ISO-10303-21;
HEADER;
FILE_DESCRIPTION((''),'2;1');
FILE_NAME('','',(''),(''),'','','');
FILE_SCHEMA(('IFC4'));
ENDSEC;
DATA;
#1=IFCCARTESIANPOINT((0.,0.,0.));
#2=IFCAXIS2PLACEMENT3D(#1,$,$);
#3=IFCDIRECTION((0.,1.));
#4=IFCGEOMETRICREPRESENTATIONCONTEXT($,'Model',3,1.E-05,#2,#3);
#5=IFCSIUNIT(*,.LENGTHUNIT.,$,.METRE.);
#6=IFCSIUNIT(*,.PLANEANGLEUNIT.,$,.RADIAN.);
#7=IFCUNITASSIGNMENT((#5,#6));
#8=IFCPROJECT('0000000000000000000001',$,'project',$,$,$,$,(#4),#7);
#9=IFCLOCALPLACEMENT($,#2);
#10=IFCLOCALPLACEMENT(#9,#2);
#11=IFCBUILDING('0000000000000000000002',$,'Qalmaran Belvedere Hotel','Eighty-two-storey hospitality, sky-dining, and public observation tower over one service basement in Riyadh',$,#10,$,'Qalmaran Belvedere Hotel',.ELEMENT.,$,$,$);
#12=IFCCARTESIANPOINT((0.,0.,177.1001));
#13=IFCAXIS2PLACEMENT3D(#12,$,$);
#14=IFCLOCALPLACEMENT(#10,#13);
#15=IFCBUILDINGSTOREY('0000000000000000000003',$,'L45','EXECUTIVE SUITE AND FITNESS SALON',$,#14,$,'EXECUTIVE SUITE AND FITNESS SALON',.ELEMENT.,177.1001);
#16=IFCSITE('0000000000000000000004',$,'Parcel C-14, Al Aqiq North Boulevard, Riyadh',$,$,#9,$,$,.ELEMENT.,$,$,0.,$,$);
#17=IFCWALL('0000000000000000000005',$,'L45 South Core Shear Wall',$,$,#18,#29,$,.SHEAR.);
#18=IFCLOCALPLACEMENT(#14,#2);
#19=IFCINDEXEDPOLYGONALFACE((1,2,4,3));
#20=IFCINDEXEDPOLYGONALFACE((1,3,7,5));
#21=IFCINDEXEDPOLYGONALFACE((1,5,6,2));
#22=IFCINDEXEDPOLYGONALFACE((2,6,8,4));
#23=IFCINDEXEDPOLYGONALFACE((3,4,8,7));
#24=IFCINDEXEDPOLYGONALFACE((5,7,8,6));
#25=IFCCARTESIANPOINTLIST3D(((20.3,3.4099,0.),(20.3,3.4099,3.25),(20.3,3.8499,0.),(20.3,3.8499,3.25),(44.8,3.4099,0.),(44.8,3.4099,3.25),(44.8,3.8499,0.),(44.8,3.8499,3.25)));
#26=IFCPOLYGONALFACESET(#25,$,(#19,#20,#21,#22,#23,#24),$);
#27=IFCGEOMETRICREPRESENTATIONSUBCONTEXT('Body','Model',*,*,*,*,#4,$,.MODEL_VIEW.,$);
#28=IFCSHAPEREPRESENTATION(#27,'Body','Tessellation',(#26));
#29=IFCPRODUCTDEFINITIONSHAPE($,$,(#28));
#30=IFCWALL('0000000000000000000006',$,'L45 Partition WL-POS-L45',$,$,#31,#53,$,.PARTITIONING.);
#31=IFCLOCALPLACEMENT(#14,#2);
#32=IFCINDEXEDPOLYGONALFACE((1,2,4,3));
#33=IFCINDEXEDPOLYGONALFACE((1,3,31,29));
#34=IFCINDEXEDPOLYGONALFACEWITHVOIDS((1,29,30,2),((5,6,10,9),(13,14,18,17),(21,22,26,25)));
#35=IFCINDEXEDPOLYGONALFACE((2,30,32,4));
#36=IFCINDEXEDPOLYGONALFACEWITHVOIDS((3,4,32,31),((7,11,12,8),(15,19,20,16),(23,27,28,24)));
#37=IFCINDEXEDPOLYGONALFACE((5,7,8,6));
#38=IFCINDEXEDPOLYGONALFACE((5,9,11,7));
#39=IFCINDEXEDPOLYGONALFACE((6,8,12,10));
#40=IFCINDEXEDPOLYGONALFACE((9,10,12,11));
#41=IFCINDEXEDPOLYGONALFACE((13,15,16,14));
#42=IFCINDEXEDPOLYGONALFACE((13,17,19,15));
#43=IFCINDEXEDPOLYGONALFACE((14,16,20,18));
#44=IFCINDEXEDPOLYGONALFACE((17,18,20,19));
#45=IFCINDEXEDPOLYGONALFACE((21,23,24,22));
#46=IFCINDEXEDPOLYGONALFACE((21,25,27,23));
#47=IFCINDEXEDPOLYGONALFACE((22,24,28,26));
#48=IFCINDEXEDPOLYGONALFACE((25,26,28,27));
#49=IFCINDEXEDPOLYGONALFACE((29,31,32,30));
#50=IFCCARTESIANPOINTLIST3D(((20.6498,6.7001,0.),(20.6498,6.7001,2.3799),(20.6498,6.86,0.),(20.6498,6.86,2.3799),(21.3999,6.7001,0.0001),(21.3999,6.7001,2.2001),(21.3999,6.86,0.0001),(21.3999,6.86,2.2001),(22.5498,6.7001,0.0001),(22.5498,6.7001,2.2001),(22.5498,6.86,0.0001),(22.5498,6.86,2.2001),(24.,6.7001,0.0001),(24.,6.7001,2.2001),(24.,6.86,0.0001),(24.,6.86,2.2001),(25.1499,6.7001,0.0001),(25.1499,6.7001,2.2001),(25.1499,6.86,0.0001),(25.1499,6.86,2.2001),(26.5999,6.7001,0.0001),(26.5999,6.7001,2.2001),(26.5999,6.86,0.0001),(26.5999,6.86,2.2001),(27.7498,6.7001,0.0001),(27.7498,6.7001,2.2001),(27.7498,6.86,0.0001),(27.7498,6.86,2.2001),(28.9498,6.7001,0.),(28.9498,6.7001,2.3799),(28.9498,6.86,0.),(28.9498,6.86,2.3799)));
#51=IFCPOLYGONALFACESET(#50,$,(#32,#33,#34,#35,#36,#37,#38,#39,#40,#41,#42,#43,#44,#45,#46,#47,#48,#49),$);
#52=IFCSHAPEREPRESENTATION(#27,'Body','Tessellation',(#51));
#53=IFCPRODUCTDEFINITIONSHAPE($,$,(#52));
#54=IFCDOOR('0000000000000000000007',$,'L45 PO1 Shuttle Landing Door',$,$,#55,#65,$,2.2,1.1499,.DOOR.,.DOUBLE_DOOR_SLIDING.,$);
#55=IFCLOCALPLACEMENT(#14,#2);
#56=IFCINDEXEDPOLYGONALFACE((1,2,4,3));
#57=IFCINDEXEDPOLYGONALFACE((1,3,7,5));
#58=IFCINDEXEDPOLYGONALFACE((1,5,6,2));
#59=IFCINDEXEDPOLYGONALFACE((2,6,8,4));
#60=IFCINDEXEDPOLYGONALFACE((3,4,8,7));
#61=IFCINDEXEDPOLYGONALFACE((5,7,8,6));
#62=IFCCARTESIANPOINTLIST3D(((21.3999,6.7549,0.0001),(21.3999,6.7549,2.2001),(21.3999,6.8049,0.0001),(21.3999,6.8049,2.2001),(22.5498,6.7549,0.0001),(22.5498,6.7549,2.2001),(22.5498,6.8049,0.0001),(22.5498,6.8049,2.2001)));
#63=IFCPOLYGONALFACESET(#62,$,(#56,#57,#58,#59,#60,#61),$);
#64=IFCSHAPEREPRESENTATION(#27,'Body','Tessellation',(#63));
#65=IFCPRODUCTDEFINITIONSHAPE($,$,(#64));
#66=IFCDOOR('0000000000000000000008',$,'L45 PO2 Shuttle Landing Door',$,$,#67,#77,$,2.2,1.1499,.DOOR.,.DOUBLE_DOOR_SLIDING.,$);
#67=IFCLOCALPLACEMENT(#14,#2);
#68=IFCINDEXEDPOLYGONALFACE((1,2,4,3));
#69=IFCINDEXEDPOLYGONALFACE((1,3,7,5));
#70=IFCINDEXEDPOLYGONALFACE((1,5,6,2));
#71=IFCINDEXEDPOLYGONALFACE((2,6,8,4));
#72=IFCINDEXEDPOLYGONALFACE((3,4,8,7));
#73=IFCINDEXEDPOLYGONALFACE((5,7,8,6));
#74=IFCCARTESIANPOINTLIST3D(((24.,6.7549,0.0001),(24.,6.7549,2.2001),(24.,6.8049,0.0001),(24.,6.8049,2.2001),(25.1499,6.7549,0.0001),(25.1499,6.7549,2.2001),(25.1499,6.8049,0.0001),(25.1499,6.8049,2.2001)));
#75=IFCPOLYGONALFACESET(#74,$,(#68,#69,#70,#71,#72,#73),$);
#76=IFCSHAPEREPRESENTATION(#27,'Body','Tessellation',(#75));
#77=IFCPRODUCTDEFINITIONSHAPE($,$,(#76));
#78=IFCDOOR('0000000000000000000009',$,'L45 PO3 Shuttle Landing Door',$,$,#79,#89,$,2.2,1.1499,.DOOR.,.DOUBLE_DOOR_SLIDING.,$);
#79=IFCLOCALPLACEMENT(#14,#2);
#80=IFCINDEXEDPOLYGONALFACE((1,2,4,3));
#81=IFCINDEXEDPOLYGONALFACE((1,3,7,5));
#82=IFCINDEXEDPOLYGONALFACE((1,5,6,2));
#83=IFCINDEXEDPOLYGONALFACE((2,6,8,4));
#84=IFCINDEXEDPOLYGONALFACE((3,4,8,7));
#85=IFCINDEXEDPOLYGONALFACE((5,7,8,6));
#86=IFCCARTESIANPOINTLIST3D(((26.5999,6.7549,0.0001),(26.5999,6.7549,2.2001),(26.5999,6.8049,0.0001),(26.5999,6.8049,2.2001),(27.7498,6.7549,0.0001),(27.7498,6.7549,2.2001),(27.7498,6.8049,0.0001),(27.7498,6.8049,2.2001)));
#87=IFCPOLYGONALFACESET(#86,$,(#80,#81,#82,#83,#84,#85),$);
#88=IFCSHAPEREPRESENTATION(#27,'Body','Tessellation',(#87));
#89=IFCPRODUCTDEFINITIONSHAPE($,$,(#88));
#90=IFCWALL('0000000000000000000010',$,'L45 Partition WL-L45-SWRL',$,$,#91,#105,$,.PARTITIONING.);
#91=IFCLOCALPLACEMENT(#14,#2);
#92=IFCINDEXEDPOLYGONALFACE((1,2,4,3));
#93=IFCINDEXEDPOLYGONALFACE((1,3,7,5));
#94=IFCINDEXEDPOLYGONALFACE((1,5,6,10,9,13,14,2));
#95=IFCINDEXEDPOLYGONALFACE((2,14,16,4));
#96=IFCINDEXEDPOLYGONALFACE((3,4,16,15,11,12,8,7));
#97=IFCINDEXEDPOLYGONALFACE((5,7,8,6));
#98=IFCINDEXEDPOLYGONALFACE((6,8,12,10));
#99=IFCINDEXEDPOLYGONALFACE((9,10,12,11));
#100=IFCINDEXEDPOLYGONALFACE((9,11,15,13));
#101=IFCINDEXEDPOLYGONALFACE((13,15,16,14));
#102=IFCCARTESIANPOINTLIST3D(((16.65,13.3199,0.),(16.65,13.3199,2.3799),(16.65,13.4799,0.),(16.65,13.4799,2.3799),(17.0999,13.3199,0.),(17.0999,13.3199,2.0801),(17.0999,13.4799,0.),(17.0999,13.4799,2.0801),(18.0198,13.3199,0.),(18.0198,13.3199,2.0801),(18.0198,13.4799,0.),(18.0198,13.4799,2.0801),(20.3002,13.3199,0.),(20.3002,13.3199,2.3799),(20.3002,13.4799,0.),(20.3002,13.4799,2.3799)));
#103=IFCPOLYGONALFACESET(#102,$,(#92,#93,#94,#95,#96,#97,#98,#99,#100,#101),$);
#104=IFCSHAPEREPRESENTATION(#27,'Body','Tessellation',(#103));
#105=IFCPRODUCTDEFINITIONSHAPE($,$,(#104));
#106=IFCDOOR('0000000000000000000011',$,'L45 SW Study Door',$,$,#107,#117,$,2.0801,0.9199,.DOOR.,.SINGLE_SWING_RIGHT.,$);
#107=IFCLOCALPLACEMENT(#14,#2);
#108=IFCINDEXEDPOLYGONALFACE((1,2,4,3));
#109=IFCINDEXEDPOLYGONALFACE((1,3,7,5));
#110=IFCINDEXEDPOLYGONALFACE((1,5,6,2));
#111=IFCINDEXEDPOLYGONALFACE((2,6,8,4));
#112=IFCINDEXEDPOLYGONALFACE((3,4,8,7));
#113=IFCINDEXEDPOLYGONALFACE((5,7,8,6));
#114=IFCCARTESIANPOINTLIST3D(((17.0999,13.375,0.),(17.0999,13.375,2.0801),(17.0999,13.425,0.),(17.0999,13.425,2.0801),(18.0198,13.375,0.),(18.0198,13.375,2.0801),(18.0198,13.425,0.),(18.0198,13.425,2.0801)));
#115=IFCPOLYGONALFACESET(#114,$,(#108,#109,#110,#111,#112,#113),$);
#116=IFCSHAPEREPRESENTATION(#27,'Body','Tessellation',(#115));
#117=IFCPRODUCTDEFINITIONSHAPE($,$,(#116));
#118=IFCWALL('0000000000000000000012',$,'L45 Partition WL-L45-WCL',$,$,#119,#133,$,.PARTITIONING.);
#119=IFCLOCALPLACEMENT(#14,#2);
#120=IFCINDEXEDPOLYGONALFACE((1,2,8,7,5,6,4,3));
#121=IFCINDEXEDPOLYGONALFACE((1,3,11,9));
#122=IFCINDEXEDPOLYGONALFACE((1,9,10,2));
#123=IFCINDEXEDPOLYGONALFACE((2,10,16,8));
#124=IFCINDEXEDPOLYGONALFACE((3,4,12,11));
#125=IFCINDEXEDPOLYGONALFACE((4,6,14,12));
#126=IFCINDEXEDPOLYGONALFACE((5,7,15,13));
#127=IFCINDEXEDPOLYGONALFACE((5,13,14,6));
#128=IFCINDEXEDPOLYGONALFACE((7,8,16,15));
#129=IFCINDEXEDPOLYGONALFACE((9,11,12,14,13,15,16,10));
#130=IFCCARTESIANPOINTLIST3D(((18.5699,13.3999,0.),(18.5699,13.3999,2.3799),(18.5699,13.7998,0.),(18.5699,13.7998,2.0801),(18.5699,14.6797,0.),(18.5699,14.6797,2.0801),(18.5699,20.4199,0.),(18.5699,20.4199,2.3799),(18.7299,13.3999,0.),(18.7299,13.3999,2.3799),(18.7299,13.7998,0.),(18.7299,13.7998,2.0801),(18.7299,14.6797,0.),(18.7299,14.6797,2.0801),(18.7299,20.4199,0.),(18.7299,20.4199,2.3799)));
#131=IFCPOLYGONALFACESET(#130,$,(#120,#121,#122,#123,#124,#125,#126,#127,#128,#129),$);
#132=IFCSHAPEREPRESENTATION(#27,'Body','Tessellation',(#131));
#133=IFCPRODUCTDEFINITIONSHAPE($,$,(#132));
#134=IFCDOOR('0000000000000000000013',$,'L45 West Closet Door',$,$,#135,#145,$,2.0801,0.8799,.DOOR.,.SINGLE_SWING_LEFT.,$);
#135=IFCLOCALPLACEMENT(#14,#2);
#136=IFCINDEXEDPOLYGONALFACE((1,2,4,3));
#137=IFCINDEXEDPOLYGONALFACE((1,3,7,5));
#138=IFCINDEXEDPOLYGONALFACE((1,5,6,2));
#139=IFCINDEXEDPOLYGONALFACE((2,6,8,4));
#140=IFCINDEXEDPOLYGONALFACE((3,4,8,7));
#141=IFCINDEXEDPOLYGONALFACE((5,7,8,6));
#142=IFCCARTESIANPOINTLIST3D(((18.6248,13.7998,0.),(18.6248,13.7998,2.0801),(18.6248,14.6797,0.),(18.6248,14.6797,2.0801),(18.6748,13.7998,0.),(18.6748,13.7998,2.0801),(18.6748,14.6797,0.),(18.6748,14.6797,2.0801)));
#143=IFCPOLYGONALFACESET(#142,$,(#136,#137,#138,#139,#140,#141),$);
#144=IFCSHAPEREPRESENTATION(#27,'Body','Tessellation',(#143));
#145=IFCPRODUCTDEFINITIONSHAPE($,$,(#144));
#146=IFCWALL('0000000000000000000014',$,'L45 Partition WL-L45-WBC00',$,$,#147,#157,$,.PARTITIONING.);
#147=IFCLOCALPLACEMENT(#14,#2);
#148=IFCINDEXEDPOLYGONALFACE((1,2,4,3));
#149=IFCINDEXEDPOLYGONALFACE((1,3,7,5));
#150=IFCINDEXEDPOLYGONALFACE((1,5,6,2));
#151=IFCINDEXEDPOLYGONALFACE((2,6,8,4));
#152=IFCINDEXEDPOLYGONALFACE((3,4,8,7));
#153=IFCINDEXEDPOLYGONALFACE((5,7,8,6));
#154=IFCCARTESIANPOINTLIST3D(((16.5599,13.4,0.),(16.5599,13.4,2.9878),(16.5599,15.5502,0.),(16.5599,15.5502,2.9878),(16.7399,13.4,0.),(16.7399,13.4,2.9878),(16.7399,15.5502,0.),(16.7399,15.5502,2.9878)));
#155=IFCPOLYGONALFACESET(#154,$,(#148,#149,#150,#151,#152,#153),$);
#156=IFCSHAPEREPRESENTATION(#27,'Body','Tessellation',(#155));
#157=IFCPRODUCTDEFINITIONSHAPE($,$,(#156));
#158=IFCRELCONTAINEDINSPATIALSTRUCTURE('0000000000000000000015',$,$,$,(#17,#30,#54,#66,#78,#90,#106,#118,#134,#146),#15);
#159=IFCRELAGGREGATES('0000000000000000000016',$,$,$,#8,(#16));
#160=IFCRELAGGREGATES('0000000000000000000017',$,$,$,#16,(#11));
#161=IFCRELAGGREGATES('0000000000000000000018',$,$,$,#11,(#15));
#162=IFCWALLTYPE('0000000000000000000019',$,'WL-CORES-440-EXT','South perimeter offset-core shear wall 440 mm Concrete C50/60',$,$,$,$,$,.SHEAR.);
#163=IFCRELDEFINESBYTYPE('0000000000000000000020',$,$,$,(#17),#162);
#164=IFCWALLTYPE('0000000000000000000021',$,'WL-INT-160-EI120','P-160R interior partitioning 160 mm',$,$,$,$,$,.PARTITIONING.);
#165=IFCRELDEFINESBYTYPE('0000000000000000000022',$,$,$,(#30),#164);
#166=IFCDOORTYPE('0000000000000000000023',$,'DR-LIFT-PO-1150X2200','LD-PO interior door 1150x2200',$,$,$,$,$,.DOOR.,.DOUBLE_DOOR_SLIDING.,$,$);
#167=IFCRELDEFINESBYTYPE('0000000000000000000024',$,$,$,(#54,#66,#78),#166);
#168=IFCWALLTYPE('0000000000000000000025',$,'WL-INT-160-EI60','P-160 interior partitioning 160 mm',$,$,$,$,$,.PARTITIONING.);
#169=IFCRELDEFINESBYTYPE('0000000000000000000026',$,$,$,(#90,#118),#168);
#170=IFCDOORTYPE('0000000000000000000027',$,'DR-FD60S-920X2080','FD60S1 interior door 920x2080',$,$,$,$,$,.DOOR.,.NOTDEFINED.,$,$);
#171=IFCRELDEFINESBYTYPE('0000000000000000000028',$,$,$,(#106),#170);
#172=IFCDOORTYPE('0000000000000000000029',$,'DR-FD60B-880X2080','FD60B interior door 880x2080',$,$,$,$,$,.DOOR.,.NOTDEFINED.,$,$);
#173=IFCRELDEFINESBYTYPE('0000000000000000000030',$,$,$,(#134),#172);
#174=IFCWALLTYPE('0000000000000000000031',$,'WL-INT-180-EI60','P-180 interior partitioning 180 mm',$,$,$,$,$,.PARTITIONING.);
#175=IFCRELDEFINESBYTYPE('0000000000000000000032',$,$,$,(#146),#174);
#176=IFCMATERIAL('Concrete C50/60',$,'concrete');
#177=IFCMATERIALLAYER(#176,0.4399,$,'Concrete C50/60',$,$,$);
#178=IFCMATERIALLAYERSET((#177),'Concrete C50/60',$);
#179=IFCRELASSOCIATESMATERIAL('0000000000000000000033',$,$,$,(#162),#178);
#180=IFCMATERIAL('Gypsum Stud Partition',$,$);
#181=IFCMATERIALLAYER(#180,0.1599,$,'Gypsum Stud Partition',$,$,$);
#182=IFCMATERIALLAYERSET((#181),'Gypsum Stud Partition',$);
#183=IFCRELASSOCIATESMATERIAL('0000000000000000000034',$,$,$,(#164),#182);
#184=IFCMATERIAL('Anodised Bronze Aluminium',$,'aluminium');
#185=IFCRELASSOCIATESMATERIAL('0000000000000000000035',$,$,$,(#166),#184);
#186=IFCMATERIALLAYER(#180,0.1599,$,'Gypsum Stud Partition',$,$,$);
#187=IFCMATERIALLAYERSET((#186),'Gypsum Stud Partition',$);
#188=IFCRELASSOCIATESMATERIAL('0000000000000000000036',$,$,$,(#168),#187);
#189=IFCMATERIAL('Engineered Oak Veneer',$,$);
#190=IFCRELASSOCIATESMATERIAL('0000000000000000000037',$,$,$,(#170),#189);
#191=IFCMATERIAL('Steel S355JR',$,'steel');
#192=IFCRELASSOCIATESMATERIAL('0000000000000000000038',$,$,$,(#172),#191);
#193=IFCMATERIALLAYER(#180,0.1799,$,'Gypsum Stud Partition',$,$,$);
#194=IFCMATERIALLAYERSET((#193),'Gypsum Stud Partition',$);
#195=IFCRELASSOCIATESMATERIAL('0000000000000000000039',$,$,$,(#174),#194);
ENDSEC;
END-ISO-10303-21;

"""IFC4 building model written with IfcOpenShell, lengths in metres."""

from ifc_helpers import new_model, si_unit, direction, frame, frame_2d, origin, place, context, subcontext, project, spatial, rectangle, extrude, material, layer, layer_set, type_object, element, fill, save


model = new_model("IFC4")

# Units and contexts
model_context = context("Model", 3, precision=1e-05, world=origin(), true_north=direction((0.0, 1.0)))
body_context = subcontext(model_context, "Body", "Model", "MODEL_VIEW")
ifc_project = project(units=[si_unit("LENGTHUNIT", "METRE"), si_unit("PLANEANGLEUNIT", "RADIAN")], contexts=[model_context])

# Site, building, storey
site_placement = place(None, origin())
site = spatial("IfcSite", under=ifc_project, at=site_placement, Name="Parcel C-14, Al Aqiq North Boulevard, Riyadh", CompositionType="ELEMENT", RefElevation=0.0)
building_placement = place(site_placement, origin())
building = spatial("IfcBuilding", under=site, at=building_placement, Name="Qalmaran Belvedere Hotel", Description="Eighty-two-storey hospitality, sky-dining, and public observation tower over one service basement in Riyadh", LongName="Qalmaran Belvedere Hotel", CompositionType="ELEMENT")
storey_placement = place(building_placement, frame((0.0, 0.0, 177.1001)))
storey = spatial("IfcBuildingStorey", under=building, at=storey_placement, Name="L45", Description="EXECUTIVE SUITE AND FITNESS SALON", LongName="EXECUTIVE SUITE AND FITNESS SALON", CompositionType="ELEMENT", Elevation=177.1001)

# Shared definitions
ifc_material_1 = material(Name="Concrete C50/60", Category="concrete")

# Shared definitions
ifc_material_2 = material(Name="Steel S355JR", Category="steel")

# Shared definitions
ifc_material_3 = material(Name="Anodised Bronze Aluminium", Category="aluminium")

# Wall
ifc_layer_1 = layer(ifc_material_1, 0.4399, Name="Concrete C50/60")
ifc_layer_set_1 = layer_set([ifc_layer_1], Name="Concrete C50/60")
wall_type_1 = type_object("IfcWallType", Name="WL-CORES-440-EXT", Description="South perimeter offset-core shear wall 440 mm Concrete C50/60", PredefinedType="SHEAR", material=ifc_layer_set_1)
wall_1_placement = place(storey_placement, frame((20.3, 3.6299, 0.0), z_axis=(0.0, 0.0, 1.0), x_axis=(1.0, 0.0, 0.0)))
element("IfcWall", 1, at=wall_1_placement, inside=storey, type_object=wall_type_1, Name="L45 South Core Shear Wall", PredefinedType="SHEAR", context=body_context, shape_type="SweptSolid", body=[
    extrude(rectangle(XDim=24.5, YDim=0.4399, at=frame_2d((12.25, 0.0))), origin(), (0.0, 0.0, 1.0), 3.25),
])

# Wall, openings, doors
ifc_material_4 = material(Name="Gypsum Stud Partition")
ifc_layer_2 = layer(ifc_material_4, 0.1599, Name="Gypsum Stud Partition")
ifc_layer_set_2 = layer_set([ifc_layer_2], Name="Gypsum Stud Partition")
wall_type_2 = type_object("IfcWallType", Name="WL-INT-160-EI120", Description="P-160R interior partitioning 160 mm", PredefinedType="PARTITIONING", material=ifc_layer_set_2)
wall_2_placement = place(storey_placement, frame((20.6499, 6.78, 0.0), z_axis=(0.0, 0.0, 1.0), x_axis=(1.0, 0.0, 0.0)))
wall_2 = element("IfcWall", 2, at=wall_2_placement, inside=storey, type_object=wall_type_2, Name="L45 Partition WL-POS-L45", PredefinedType="PARTITIONING", context=body_context, shape_type="SweptSolid", body=[
    extrude(rectangle(XDim=8.3, YDim=0.1599, at=frame_2d((4.1499, 0.0))), origin(), (0.0, 0.0, 1.0), 2.3799),
])
opening_1_placement = place(wall_2_placement, frame((0.75, 0.0, 0.0)))
opening_1 = element("IfcOpeningElement", 3, at=opening_1_placement, cuts=wall_2, PredefinedType="OPENING", context=body_context, shape_type="SweptSolid", body=[
    extrude(rectangle(XDim=1.1499, YDim=2.2, at=frame_2d((0.575, 1.1001))), frame((0.0, 0.0898, 0.0), z_axis=(0.0, -1.0, 0.0), x_axis=(1.0, 0.0, 0.0)), (0.0, 0.0, 1.0), 0.1799),
])
opening_2_placement = place(wall_2_placement, frame((3.3501, 0.0, 0.0)))
opening_2 = element("IfcOpeningElement", 4, at=opening_2_placement, cuts=wall_2, PredefinedType="OPENING", context=body_context, shape_type="SweptSolid", body=[
    extrude(rectangle(XDim=1.1499, YDim=2.2, at=frame_2d((0.575, 1.1001))), frame((0.0, 0.0898, 0.0), z_axis=(0.0, -1.0, 0.0), x_axis=(1.0, 0.0, 0.0)), (0.0, 0.0, 1.0), 0.1799),
])
opening_3_placement = place(wall_2_placement, frame((5.95, 0.0, 0.0)))
opening_3 = element("IfcOpeningElement", 5, at=opening_3_placement, cuts=wall_2, PredefinedType="OPENING", context=body_context, shape_type="SweptSolid", body=[
    extrude(rectangle(XDim=1.1499, YDim=2.2, at=frame_2d((0.575, 1.1001))), frame((0.0, 0.0898, 0.0), z_axis=(0.0, -1.0, 0.0), x_axis=(1.0, 0.0, 0.0)), (0.0, 0.0, 1.0), 0.1799),
])
door_type_1 = type_object("IfcDoorType", Name="DR-LIFT-PO-1150X2200", Description="LD-PO interior door 1150x2200", OperationType="DOUBLE_DOOR_SLIDING", PredefinedType="DOOR", material=ifc_material_3)
door_1_placement = place(opening_1_placement, origin())
door_1 = element("IfcDoor", 6, at=door_1_placement, inside=storey, type_object=door_type_1, Name="L45 PO1 Shuttle Landing Door", OperationType="DOUBLE_DOOR_SLIDING", OverallHeight=2.2, OverallWidth=1.1499, PredefinedType="DOOR", context=body_context, shape_type="SweptSolid", body=[
    extrude(rectangle(XDim=1.1499, YDim=2.2, at=frame_2d((0.575, 1.1001))), frame((0.0, 0.0249, 0.0), z_axis=(0.0, -1.0, 0.0), x_axis=(1.0, 0.0, 0.0)), (0.0, 0.0, 1.0), 0.05),
])
fill(opening_1, door_1)
door_2_placement = place(opening_2_placement, origin())
door_2 = element("IfcDoor", 7, at=door_2_placement, inside=storey, type_object=door_type_1, Name="L45 PO2 Shuttle Landing Door", OperationType="DOUBLE_DOOR_SLIDING", OverallHeight=2.2, OverallWidth=1.1499, PredefinedType="DOOR", context=body_context, shape_type="SweptSolid", body=[
    extrude(rectangle(XDim=1.1499, YDim=2.2, at=frame_2d((0.575, 1.1001))), frame((0.0, 0.0249, 0.0), z_axis=(0.0, -1.0, 0.0), x_axis=(1.0, 0.0, 0.0)), (0.0, 0.0, 1.0), 0.05),
])
fill(opening_2, door_2)
door_3_placement = place(opening_3_placement, origin())
door_3 = element("IfcDoor", 8, at=door_3_placement, inside=storey, type_object=door_type_1, Name="L45 PO3 Shuttle Landing Door", OperationType="DOUBLE_DOOR_SLIDING", OverallHeight=2.2, OverallWidth=1.1499, PredefinedType="DOOR", context=body_context, shape_type="SweptSolid", body=[
    extrude(rectangle(XDim=1.1499, YDim=2.2, at=frame_2d((0.575, 1.1001))), frame((0.0, 0.0249, 0.0), z_axis=(0.0, -1.0, 0.0), x_axis=(1.0, 0.0, 0.0)), (0.0, 0.0, 1.0), 0.05),
])
fill(opening_3, door_3)

# Walls, openings, doors
ifc_layer_3 = layer(ifc_material_4, 0.1599, Name="Gypsum Stud Partition")
ifc_layer_set_3 = layer_set([ifc_layer_3], Name="Gypsum Stud Partition")
wall_type_3 = type_object("IfcWallType", Name="WL-INT-160-EI60", Description="P-160 interior partitioning 160 mm", PredefinedType="PARTITIONING", material=ifc_layer_set_3)
wall_3_placement = place(storey_placement, frame((16.6499, 13.3999, 0.0), z_axis=(0.0, 0.0, 1.0), x_axis=(1.0, 0.0, 0.0)))
wall_3 = element("IfcWall", 9, at=wall_3_placement, inside=storey, type_object=wall_type_3, Name="L45 Partition WL-L45-SWRL", PredefinedType="PARTITIONING", context=body_context, shape_type="SweptSolid", body=[
    extrude(rectangle(XDim=3.6501, YDim=0.1599, at=frame_2d((1.8252, 0.0))), origin(), (0.0, 0.0, 1.0), 2.3799),
])
opening_4_placement = place(wall_3_placement, frame((1.3699, 0.0, 0.0), z_axis=(0.0, 0.0, 1.0), x_axis=(-1.0, 0.0, 0.0)))
opening_4 = element("IfcOpeningElement", 10, at=opening_4_placement, cuts=wall_3, PredefinedType="OPENING", context=body_context, shape_type="SweptSolid", body=[
    extrude(rectangle(XDim=0.9199, YDim=2.0801, at=frame_2d((0.46, 1.04))), frame((0.0, 0.0898, 0.0), z_axis=(0.0, -1.0, 0.0), x_axis=(1.0, 0.0, 0.0)), (0.0, 0.0, 1.0), 0.1799),
])
ifc_material_5 = material(Name="Engineered Oak Veneer")
door_type_2 = type_object("IfcDoorType", Name="DR-FD60S-920X2080", Description="FD60S1 interior door 920x2080", OperationType="NOTDEFINED", PredefinedType="DOOR", material=ifc_material_5)
door_4_placement = place(opening_4_placement, origin())
door_4 = element("IfcDoor", 11, at=door_4_placement, inside=storey, type_object=door_type_2, Name="L45 SW Study Door", OperationType="SINGLE_SWING_RIGHT", OverallHeight=2.0801, OverallWidth=0.9199, PredefinedType="DOOR", context=body_context, shape_type="SweptSolid", body=[
    extrude(rectangle(XDim=0.9199, YDim=2.0801, at=frame_2d((0.46, 1.04))), frame((0.0, 0.0249, 0.0), z_axis=(0.0, -1.0, 0.0), x_axis=(1.0, 0.0, 0.0)), (0.0, 0.0, 1.0), 0.05),
])
fill(opening_4, door_4)
wall_4_placement = place(storey_placement, frame((18.6499, 13.3999, 0.0), z_axis=(0.0, 0.0, 1.0), x_axis=(0.0, 1.0, 0.0)))
wall_4 = element("IfcWall", 12, at=wall_4_placement, inside=storey, type_object=wall_type_3, Name="L45 Partition WL-L45-WCL", PredefinedType="PARTITIONING", context=body_context, shape_type="SweptSolid", body=[
    extrude(rectangle(XDim=7.02, YDim=0.1599, at=frame_2d((3.51, 0.0))), origin(), (0.0, 0.0, 1.0), 2.3799),
])
opening_5_placement = place(wall_4_placement, frame((1.2798, 0.0, 0.0), z_axis=(0.0, 0.0, 1.0), x_axis=(-1.0, 0.0, 0.0)))
opening_5 = element("IfcOpeningElement", 13, at=opening_5_placement, cuts=wall_4, PredefinedType="OPENING", context=body_context, shape_type="SweptSolid", body=[
    extrude(rectangle(XDim=0.8799, YDim=2.0801, at=frame_2d((0.4399, 1.04))), frame((0.0, 0.0898, 0.0), z_axis=(0.0, -1.0, 0.0), x_axis=(1.0, 0.0, 0.0)), (0.0, 0.0, 1.0), 0.1799),
])
door_type_3 = type_object("IfcDoorType", Name="DR-FD60B-880X2080", Description="FD60B interior door 880x2080", OperationType="NOTDEFINED", PredefinedType="DOOR", material=ifc_material_2)
door_5_placement = place(opening_5_placement, origin())
door_5 = element("IfcDoor", 14, at=door_5_placement, inside=storey, type_object=door_type_3, Name="L45 West Closet Door", OperationType="SINGLE_SWING_LEFT", OverallHeight=2.0801, OverallWidth=0.8799, PredefinedType="DOOR", context=body_context, shape_type="SweptSolid", body=[
    extrude(rectangle(XDim=0.8799, YDim=2.0801, at=frame_2d((0.4399, 1.04))), frame((0.0, 0.0249, 0.0), z_axis=(0.0, -1.0, 0.0), x_axis=(1.0, 0.0, 0.0)), (0.0, 0.0, 1.0), 0.05),
])
fill(opening_5, door_5)

# Wall
ifc_layer_4 = layer(ifc_material_4, 0.1799, Name="Gypsum Stud Partition")
ifc_layer_set_4 = layer_set([ifc_layer_4], Name="Gypsum Stud Partition")
wall_type_4 = type_object("IfcWallType", Name="WL-INT-180-EI60", Description="P-180 interior partitioning 180 mm", PredefinedType="PARTITIONING", material=ifc_layer_set_4)
wall_5_placement = place(storey_placement, frame((16.6499, 13.3999, 0.0), z_axis=(0.0, 0.0, 1.0), x_axis=(0.0, 1.0, 0.0)))
element("IfcWall", 15, at=wall_5_placement, inside=storey, type_object=wall_type_4, Name="L45 Partition WL-L45-WBC00", PredefinedType="PARTITIONING", context=body_context, shape_type="SweptSolid", body=[
    extrude(rectangle(XDim=2.1501, YDim=0.1799, at=frame_2d((1.0752, 0.0))), origin(), (0.0, 0.0, 1.0), 2.9878),
])

save(model, "model.ifc")
